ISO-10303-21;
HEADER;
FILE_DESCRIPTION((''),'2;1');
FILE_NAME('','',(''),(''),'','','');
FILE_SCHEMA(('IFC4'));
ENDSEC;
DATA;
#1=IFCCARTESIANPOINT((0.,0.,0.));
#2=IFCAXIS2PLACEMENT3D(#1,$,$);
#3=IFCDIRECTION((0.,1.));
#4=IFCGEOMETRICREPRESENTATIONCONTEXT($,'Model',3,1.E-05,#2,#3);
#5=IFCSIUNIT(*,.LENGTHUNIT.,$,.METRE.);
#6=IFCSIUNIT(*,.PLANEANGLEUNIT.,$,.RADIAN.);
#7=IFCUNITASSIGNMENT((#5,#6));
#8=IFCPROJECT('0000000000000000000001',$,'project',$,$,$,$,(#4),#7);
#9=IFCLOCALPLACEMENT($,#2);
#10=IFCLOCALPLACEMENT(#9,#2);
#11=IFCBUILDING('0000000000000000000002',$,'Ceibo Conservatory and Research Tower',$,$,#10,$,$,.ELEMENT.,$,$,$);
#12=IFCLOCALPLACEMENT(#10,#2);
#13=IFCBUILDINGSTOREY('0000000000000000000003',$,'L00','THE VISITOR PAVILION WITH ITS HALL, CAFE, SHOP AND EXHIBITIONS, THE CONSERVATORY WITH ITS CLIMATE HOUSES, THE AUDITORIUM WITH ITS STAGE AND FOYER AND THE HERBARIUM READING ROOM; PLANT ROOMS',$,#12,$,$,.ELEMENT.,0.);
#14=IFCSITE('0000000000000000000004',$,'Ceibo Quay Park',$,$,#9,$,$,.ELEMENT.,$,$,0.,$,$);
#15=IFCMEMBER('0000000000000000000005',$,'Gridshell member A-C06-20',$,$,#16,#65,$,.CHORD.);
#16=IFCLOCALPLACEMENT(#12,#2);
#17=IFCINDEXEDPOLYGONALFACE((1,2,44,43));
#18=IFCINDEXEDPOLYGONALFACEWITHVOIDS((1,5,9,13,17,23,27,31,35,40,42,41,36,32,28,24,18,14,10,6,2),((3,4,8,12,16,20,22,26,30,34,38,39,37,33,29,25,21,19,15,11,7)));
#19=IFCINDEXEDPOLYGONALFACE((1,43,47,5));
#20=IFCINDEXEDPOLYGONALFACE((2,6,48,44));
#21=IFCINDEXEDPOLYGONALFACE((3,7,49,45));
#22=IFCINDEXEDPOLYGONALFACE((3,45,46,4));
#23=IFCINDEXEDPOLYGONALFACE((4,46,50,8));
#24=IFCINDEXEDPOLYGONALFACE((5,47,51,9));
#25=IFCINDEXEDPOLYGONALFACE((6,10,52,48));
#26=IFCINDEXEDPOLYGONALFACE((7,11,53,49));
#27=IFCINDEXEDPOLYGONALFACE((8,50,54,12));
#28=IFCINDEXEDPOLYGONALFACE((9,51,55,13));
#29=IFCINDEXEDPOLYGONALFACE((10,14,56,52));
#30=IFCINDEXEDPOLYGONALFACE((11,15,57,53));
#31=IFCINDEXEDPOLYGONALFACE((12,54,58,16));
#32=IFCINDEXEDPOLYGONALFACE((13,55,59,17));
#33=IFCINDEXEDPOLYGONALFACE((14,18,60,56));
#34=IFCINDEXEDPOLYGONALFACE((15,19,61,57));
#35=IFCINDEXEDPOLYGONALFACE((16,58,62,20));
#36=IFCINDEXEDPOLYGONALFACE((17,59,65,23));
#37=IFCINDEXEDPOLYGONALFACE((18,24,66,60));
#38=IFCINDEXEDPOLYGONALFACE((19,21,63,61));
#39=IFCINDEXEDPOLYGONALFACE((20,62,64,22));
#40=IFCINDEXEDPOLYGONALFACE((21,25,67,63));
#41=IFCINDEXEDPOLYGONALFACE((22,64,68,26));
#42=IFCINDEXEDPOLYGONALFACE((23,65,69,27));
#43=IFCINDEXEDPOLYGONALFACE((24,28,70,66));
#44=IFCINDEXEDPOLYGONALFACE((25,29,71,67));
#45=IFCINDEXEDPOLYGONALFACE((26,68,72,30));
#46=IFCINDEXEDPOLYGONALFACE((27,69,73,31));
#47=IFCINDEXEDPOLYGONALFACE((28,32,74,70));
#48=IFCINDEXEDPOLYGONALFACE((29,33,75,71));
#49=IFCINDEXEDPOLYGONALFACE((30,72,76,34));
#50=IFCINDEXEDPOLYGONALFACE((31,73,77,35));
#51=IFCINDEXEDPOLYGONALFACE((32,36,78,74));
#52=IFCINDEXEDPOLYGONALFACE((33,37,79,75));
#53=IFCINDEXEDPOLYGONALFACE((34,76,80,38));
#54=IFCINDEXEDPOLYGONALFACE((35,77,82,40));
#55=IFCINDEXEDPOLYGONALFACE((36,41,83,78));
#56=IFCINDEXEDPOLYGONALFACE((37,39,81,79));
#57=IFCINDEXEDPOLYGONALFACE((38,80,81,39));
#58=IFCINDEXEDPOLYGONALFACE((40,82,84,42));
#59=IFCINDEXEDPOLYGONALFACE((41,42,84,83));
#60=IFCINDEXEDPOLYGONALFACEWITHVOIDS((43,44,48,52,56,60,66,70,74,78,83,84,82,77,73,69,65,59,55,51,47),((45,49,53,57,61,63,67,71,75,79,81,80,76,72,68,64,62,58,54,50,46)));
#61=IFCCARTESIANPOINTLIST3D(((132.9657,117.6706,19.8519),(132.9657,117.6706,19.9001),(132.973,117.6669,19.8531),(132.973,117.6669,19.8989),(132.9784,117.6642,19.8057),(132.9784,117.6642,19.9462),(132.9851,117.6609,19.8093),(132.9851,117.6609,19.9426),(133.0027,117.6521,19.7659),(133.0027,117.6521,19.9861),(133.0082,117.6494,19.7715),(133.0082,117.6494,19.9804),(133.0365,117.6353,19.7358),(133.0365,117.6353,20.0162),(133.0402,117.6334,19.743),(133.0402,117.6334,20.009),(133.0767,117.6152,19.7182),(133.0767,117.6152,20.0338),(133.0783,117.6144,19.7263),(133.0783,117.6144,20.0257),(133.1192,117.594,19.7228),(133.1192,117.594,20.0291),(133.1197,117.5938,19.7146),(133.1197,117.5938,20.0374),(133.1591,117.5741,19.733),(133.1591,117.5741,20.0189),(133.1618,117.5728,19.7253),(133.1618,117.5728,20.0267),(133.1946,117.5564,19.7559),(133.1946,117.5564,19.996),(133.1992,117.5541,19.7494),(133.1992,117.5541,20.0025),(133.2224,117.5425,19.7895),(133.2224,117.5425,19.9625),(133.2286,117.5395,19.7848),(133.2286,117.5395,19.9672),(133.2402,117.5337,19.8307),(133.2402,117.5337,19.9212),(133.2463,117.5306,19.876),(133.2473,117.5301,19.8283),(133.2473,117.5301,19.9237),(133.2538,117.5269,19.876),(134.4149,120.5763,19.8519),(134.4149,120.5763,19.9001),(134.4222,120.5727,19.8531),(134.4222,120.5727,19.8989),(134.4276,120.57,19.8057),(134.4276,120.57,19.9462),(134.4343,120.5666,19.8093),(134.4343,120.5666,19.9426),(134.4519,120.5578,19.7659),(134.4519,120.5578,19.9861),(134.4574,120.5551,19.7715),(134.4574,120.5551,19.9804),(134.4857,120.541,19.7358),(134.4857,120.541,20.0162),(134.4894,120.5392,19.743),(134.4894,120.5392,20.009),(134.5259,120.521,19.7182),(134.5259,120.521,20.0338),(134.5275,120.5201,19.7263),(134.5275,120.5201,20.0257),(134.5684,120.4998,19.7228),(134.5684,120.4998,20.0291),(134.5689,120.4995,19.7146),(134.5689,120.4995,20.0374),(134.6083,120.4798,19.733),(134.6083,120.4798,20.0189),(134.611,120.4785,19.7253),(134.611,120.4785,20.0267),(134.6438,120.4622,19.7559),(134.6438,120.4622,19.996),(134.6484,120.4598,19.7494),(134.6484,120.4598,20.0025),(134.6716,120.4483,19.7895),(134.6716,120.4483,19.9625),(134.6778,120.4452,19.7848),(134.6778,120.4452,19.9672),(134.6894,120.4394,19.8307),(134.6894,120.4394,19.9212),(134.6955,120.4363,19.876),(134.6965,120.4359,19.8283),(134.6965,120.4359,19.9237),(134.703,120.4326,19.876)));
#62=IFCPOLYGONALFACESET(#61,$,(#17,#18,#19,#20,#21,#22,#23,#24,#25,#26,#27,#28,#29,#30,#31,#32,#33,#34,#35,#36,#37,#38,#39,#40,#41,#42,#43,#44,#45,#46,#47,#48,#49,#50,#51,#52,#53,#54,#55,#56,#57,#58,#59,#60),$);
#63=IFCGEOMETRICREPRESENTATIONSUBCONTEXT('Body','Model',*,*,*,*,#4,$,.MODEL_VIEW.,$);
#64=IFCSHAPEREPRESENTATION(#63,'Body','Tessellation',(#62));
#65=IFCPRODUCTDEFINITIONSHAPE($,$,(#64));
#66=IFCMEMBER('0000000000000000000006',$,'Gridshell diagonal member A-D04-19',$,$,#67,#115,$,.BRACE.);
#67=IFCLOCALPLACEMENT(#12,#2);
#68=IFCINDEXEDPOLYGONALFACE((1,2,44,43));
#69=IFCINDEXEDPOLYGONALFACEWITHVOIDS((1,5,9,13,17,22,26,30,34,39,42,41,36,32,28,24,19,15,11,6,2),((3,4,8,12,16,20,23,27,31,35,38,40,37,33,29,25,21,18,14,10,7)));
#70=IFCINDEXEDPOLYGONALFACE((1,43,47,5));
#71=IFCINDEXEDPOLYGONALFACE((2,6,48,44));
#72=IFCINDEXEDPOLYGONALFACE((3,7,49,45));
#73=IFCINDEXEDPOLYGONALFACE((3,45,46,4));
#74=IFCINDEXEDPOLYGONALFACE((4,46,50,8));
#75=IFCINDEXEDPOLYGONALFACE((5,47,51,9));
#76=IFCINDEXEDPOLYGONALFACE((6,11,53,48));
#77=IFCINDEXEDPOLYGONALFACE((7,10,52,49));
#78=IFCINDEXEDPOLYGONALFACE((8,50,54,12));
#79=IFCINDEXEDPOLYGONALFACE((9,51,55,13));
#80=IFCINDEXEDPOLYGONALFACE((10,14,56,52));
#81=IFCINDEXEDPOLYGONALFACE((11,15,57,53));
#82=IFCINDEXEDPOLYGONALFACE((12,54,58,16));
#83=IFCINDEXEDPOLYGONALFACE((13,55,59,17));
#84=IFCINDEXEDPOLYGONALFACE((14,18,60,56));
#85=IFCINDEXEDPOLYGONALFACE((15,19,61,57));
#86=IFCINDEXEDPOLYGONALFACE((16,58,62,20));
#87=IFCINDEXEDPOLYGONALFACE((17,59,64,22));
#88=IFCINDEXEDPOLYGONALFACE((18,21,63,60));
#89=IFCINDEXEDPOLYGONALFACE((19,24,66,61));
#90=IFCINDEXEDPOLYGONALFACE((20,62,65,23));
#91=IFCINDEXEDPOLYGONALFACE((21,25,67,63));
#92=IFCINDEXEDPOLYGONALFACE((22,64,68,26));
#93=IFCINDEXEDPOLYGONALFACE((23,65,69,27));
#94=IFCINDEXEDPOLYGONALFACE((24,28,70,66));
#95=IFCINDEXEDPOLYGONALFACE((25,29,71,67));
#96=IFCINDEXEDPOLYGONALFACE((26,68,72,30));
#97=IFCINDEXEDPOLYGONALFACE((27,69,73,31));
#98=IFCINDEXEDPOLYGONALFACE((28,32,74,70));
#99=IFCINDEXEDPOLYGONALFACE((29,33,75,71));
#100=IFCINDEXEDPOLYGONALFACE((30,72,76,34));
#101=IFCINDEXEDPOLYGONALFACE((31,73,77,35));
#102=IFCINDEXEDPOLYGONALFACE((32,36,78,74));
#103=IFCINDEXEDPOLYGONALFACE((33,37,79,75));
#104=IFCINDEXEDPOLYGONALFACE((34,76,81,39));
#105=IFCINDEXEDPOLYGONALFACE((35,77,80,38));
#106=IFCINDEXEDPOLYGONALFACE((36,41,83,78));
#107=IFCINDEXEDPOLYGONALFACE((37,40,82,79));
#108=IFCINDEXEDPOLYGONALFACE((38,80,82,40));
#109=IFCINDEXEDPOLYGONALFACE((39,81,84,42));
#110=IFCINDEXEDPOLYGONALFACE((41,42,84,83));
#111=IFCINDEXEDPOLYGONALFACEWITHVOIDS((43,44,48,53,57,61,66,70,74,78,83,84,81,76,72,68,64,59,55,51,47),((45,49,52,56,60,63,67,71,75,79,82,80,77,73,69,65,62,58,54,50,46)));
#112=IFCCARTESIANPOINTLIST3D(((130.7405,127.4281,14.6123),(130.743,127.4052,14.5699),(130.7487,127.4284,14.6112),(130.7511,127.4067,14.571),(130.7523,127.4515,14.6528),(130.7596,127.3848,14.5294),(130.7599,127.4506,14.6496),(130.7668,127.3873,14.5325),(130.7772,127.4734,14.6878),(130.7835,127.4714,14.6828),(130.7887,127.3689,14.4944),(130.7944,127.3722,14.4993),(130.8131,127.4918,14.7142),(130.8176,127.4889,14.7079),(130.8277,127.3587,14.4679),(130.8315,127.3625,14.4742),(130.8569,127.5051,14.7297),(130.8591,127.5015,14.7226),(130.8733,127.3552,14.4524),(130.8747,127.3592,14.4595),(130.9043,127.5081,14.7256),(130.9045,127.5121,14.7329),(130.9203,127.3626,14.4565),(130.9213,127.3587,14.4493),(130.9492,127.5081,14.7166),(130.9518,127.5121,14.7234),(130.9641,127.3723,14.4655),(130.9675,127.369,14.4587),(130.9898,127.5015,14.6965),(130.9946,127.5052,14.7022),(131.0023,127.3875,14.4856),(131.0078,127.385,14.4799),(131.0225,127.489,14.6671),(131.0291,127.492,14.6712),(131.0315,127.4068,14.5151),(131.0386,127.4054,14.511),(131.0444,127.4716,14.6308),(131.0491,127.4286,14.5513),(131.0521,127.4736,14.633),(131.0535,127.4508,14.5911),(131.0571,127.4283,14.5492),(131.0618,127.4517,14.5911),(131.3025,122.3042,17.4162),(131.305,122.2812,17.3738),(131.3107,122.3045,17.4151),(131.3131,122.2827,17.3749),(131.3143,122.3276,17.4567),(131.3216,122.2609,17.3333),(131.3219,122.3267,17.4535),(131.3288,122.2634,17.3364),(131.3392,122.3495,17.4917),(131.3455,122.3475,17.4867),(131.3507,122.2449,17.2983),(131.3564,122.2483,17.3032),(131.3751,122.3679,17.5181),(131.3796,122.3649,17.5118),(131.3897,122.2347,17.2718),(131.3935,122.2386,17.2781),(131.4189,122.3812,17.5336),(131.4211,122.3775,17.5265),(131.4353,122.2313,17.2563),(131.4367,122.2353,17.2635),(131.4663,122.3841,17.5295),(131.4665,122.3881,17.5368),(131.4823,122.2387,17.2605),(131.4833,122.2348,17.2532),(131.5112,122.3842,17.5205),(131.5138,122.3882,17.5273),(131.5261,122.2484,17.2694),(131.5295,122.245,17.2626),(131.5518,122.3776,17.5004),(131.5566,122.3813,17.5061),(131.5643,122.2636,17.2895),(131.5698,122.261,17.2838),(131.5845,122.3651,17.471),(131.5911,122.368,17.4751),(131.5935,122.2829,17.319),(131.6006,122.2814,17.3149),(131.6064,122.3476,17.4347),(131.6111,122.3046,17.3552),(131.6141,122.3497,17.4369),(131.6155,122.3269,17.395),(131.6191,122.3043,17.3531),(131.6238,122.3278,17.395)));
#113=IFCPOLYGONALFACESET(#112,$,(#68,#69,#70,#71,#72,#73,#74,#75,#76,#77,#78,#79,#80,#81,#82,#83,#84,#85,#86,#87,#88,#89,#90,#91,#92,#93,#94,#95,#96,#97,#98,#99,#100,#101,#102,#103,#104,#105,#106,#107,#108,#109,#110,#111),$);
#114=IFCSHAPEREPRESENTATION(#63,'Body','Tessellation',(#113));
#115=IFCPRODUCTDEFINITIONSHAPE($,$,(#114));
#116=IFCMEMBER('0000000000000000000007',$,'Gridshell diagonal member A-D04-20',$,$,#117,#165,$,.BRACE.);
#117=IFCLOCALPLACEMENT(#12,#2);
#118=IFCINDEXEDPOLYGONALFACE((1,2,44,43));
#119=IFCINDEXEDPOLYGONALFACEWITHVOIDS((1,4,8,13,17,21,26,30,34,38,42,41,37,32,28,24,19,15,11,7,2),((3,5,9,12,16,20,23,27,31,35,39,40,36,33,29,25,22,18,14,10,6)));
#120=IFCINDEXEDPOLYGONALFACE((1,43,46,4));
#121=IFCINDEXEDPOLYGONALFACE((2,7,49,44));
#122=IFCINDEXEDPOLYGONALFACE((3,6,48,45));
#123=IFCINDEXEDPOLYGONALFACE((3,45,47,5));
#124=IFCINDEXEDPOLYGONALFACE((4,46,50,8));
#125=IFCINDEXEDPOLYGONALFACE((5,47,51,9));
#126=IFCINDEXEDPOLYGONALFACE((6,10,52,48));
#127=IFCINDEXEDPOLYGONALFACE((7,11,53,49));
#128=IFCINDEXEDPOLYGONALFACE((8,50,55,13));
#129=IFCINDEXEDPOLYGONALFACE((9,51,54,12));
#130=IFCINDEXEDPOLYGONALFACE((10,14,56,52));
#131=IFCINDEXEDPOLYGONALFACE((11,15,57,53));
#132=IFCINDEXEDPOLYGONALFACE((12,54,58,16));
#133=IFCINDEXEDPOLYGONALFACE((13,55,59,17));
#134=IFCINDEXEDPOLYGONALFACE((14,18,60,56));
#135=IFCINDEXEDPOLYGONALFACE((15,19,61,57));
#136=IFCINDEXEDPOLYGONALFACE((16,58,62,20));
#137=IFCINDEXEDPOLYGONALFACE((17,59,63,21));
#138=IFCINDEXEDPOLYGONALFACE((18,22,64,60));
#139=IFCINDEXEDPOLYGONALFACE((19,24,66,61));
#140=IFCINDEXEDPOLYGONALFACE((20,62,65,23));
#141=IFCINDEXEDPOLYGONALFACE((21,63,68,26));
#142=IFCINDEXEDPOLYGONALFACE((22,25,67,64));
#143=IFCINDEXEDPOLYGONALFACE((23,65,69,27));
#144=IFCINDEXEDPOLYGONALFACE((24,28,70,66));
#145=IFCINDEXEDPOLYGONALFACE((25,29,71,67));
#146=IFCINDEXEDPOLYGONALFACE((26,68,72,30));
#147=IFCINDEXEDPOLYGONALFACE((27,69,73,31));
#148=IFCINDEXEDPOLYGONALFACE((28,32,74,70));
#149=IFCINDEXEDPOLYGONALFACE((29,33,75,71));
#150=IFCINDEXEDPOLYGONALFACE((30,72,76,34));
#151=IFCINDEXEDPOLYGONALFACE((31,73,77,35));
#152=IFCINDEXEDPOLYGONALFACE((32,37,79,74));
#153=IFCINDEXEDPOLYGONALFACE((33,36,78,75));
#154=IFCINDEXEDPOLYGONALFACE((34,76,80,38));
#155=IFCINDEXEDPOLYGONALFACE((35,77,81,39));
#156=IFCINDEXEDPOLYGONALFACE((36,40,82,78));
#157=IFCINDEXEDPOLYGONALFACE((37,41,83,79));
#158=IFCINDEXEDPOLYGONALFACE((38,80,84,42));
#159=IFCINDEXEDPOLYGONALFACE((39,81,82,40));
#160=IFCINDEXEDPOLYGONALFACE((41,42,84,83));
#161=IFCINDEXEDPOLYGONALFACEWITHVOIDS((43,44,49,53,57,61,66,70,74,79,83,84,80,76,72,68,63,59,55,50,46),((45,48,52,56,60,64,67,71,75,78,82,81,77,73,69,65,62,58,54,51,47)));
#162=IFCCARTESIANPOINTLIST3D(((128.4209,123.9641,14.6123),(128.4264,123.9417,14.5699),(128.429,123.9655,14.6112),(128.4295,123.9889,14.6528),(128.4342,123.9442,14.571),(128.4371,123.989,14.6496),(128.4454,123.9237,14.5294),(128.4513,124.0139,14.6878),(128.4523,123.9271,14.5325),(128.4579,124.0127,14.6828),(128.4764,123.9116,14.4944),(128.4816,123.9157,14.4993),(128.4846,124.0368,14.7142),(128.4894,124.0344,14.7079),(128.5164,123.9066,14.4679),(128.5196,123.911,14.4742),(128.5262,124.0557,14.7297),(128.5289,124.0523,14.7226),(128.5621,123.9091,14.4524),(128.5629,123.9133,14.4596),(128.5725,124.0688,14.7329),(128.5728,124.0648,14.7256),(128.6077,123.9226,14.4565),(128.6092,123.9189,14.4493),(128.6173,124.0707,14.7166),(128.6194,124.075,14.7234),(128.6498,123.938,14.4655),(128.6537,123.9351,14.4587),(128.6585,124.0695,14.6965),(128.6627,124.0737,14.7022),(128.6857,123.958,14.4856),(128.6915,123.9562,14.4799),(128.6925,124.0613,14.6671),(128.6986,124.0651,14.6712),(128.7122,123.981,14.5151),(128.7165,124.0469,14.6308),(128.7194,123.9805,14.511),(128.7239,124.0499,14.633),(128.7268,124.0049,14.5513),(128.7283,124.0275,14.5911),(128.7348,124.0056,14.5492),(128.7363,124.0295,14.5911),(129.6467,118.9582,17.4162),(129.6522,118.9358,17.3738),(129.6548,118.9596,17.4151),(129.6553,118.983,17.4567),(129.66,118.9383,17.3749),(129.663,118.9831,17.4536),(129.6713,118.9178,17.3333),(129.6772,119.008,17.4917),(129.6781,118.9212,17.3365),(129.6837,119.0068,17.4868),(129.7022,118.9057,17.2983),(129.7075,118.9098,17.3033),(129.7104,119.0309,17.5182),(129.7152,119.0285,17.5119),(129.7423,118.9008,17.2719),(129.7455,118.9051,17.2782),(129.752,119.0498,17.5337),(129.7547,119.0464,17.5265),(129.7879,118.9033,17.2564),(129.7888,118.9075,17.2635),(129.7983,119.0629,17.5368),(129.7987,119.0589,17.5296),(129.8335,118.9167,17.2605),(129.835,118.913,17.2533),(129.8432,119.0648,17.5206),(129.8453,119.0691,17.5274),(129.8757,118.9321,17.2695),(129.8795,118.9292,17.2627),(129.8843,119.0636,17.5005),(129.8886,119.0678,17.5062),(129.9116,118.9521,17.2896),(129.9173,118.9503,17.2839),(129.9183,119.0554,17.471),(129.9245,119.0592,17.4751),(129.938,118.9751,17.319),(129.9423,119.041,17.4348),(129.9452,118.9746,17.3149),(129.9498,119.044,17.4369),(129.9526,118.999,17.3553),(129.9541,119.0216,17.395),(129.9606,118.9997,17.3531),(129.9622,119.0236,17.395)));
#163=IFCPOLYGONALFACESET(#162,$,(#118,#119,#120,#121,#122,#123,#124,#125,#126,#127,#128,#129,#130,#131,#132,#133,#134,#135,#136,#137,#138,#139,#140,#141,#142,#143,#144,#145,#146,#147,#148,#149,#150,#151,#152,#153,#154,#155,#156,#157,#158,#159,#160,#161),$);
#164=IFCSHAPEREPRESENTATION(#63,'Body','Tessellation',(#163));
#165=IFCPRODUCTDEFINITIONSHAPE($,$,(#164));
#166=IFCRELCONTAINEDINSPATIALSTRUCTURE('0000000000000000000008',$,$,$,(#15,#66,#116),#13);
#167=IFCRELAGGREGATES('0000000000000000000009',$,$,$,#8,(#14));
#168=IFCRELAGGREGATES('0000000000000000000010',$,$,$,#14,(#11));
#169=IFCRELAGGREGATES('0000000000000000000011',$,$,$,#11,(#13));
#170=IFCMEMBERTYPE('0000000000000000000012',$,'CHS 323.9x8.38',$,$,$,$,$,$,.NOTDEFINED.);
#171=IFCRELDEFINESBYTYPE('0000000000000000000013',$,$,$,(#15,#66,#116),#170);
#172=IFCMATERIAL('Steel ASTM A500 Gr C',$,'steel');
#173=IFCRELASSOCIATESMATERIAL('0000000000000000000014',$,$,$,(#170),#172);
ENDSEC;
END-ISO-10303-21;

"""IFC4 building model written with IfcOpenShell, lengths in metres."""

from ifc_helpers import new_model, si_unit, direction, frame, origin, origin_2d, place, context, subcontext, project, spatial, hollow_circle, extrude, material, material_profile, profile_set, type_object, element, save


model = new_model("IFC4")

# Units and contexts
model_context = context("Model", 3, precision=1e-05, world=origin(), true_north=direction((0.0, 1.0)))
body_context = subcontext(model_context, "Body", "Model", "MODEL_VIEW")
ifc_project = project(units=[si_unit("LENGTHUNIT", "METRE"), si_unit("PLANEANGLEUNIT", "RADIAN")], contexts=[model_context])

# Site, building, storey
site_placement = place(None, origin())
site = spatial("IfcSite", under=ifc_project, at=site_placement, Name="Ceibo Quay Park", CompositionType="ELEMENT", RefElevation=0.0)
building_placement = place(site_placement, origin())
building = spatial("IfcBuilding", under=site, at=building_placement, Name="Ceibo Conservatory and Research Tower", CompositionType="ELEMENT")
storey_placement = place(building_placement, origin())
storey = spatial("IfcBuildingStorey", under=building, at=storey_placement, Name="L00", Description="THE VISITOR PAVILION WITH ITS HALL, CAFE, SHOP AND EXHIBITIONS, THE CONSERVATORY WITH ITS CLIMATE HOUSES, THE AUDITORIUM WITH ITS STAGE AND FOYER AND THE HERBARIUM READING ROOM; PLANT ROOMS", CompositionType="ELEMENT", Elevation=0.0)

# Members
ifc_material_1 = material(Name="Steel ASTM A500 Gr C", Category="steel")
ifc_material_profile_1 = material_profile(ifc_material_1, hollow_circle(Radius=0.1619, WallThickness=0.0083, at=origin_2d()), Name="CHS 323.9x8.38")
ifc_profile_set_1 = profile_set([ifc_material_profile_1], Name="Steel ASTM A500 Gr C")
member_type_1 = type_object("IfcMemberType", Name="CHS 323.9x8.38", PredefinedType="NOTDEFINED", material=ifc_profile_set_1)
member_1_placement = place(storey_placement, frame((134.5581, 120.5049, 19.876), z_axis=(-0.446311, -0.894878, 0.0), x_axis=(0.894878, -0.446311, 0.0)))
element("IfcMember", 1, at=member_1_placement, inside=storey, type_object=member_type_1, Name="Gridshell member A-C06-20", PredefinedType="CHORD", context=body_context, shape_type="SweptSolid", body=[
    extrude(hollow_circle(Radius=0.1619, WallThickness=0.0083, at=origin_2d()), origin(), (0.0, 0.0, 1.0), 3.2471),
])
member_2_placement = place(storey_placement, frame((130.9009, 127.4341, 14.5911), z_axis=(0.095775, -0.873212, 0.477837), x_axis=(0.994039, 0.109028, 0.0)))
element("IfcMember", 2, at=member_2_placement, inside=storey, type_object=member_type_1, Name="Gridshell diagonal member A-D04-19", PredefinedType="BRACE", context=body_context, shape_type="SweptSolid", body=[
    extrude(hollow_circle(Radius=0.1619, WallThickness=0.0083, at=origin_2d()), origin(), (0.0, 0.0, 1.0), 5.8679),
])
member_3_placement = place(storey_placement, frame((128.5791, 123.991, 14.5911), z_axis=(0.208931, -0.853201, 0.477907), x_axis=(0.971302, 0.237851, 0.0)))
element("IfcMember", 3, at=member_3_placement, inside=storey, type_object=member_type_1, Name="Gridshell diagonal member A-D04-20", PredefinedType="BRACE", context=body_context, shape_type="SweptSolid", body=[
    extrude(hollow_circle(Radius=0.1619, WallThickness=0.0083, at=origin_2d()), origin(), (0.0, 0.0, 1.0), 5.8672),
])

save(model, "model.ifc")
